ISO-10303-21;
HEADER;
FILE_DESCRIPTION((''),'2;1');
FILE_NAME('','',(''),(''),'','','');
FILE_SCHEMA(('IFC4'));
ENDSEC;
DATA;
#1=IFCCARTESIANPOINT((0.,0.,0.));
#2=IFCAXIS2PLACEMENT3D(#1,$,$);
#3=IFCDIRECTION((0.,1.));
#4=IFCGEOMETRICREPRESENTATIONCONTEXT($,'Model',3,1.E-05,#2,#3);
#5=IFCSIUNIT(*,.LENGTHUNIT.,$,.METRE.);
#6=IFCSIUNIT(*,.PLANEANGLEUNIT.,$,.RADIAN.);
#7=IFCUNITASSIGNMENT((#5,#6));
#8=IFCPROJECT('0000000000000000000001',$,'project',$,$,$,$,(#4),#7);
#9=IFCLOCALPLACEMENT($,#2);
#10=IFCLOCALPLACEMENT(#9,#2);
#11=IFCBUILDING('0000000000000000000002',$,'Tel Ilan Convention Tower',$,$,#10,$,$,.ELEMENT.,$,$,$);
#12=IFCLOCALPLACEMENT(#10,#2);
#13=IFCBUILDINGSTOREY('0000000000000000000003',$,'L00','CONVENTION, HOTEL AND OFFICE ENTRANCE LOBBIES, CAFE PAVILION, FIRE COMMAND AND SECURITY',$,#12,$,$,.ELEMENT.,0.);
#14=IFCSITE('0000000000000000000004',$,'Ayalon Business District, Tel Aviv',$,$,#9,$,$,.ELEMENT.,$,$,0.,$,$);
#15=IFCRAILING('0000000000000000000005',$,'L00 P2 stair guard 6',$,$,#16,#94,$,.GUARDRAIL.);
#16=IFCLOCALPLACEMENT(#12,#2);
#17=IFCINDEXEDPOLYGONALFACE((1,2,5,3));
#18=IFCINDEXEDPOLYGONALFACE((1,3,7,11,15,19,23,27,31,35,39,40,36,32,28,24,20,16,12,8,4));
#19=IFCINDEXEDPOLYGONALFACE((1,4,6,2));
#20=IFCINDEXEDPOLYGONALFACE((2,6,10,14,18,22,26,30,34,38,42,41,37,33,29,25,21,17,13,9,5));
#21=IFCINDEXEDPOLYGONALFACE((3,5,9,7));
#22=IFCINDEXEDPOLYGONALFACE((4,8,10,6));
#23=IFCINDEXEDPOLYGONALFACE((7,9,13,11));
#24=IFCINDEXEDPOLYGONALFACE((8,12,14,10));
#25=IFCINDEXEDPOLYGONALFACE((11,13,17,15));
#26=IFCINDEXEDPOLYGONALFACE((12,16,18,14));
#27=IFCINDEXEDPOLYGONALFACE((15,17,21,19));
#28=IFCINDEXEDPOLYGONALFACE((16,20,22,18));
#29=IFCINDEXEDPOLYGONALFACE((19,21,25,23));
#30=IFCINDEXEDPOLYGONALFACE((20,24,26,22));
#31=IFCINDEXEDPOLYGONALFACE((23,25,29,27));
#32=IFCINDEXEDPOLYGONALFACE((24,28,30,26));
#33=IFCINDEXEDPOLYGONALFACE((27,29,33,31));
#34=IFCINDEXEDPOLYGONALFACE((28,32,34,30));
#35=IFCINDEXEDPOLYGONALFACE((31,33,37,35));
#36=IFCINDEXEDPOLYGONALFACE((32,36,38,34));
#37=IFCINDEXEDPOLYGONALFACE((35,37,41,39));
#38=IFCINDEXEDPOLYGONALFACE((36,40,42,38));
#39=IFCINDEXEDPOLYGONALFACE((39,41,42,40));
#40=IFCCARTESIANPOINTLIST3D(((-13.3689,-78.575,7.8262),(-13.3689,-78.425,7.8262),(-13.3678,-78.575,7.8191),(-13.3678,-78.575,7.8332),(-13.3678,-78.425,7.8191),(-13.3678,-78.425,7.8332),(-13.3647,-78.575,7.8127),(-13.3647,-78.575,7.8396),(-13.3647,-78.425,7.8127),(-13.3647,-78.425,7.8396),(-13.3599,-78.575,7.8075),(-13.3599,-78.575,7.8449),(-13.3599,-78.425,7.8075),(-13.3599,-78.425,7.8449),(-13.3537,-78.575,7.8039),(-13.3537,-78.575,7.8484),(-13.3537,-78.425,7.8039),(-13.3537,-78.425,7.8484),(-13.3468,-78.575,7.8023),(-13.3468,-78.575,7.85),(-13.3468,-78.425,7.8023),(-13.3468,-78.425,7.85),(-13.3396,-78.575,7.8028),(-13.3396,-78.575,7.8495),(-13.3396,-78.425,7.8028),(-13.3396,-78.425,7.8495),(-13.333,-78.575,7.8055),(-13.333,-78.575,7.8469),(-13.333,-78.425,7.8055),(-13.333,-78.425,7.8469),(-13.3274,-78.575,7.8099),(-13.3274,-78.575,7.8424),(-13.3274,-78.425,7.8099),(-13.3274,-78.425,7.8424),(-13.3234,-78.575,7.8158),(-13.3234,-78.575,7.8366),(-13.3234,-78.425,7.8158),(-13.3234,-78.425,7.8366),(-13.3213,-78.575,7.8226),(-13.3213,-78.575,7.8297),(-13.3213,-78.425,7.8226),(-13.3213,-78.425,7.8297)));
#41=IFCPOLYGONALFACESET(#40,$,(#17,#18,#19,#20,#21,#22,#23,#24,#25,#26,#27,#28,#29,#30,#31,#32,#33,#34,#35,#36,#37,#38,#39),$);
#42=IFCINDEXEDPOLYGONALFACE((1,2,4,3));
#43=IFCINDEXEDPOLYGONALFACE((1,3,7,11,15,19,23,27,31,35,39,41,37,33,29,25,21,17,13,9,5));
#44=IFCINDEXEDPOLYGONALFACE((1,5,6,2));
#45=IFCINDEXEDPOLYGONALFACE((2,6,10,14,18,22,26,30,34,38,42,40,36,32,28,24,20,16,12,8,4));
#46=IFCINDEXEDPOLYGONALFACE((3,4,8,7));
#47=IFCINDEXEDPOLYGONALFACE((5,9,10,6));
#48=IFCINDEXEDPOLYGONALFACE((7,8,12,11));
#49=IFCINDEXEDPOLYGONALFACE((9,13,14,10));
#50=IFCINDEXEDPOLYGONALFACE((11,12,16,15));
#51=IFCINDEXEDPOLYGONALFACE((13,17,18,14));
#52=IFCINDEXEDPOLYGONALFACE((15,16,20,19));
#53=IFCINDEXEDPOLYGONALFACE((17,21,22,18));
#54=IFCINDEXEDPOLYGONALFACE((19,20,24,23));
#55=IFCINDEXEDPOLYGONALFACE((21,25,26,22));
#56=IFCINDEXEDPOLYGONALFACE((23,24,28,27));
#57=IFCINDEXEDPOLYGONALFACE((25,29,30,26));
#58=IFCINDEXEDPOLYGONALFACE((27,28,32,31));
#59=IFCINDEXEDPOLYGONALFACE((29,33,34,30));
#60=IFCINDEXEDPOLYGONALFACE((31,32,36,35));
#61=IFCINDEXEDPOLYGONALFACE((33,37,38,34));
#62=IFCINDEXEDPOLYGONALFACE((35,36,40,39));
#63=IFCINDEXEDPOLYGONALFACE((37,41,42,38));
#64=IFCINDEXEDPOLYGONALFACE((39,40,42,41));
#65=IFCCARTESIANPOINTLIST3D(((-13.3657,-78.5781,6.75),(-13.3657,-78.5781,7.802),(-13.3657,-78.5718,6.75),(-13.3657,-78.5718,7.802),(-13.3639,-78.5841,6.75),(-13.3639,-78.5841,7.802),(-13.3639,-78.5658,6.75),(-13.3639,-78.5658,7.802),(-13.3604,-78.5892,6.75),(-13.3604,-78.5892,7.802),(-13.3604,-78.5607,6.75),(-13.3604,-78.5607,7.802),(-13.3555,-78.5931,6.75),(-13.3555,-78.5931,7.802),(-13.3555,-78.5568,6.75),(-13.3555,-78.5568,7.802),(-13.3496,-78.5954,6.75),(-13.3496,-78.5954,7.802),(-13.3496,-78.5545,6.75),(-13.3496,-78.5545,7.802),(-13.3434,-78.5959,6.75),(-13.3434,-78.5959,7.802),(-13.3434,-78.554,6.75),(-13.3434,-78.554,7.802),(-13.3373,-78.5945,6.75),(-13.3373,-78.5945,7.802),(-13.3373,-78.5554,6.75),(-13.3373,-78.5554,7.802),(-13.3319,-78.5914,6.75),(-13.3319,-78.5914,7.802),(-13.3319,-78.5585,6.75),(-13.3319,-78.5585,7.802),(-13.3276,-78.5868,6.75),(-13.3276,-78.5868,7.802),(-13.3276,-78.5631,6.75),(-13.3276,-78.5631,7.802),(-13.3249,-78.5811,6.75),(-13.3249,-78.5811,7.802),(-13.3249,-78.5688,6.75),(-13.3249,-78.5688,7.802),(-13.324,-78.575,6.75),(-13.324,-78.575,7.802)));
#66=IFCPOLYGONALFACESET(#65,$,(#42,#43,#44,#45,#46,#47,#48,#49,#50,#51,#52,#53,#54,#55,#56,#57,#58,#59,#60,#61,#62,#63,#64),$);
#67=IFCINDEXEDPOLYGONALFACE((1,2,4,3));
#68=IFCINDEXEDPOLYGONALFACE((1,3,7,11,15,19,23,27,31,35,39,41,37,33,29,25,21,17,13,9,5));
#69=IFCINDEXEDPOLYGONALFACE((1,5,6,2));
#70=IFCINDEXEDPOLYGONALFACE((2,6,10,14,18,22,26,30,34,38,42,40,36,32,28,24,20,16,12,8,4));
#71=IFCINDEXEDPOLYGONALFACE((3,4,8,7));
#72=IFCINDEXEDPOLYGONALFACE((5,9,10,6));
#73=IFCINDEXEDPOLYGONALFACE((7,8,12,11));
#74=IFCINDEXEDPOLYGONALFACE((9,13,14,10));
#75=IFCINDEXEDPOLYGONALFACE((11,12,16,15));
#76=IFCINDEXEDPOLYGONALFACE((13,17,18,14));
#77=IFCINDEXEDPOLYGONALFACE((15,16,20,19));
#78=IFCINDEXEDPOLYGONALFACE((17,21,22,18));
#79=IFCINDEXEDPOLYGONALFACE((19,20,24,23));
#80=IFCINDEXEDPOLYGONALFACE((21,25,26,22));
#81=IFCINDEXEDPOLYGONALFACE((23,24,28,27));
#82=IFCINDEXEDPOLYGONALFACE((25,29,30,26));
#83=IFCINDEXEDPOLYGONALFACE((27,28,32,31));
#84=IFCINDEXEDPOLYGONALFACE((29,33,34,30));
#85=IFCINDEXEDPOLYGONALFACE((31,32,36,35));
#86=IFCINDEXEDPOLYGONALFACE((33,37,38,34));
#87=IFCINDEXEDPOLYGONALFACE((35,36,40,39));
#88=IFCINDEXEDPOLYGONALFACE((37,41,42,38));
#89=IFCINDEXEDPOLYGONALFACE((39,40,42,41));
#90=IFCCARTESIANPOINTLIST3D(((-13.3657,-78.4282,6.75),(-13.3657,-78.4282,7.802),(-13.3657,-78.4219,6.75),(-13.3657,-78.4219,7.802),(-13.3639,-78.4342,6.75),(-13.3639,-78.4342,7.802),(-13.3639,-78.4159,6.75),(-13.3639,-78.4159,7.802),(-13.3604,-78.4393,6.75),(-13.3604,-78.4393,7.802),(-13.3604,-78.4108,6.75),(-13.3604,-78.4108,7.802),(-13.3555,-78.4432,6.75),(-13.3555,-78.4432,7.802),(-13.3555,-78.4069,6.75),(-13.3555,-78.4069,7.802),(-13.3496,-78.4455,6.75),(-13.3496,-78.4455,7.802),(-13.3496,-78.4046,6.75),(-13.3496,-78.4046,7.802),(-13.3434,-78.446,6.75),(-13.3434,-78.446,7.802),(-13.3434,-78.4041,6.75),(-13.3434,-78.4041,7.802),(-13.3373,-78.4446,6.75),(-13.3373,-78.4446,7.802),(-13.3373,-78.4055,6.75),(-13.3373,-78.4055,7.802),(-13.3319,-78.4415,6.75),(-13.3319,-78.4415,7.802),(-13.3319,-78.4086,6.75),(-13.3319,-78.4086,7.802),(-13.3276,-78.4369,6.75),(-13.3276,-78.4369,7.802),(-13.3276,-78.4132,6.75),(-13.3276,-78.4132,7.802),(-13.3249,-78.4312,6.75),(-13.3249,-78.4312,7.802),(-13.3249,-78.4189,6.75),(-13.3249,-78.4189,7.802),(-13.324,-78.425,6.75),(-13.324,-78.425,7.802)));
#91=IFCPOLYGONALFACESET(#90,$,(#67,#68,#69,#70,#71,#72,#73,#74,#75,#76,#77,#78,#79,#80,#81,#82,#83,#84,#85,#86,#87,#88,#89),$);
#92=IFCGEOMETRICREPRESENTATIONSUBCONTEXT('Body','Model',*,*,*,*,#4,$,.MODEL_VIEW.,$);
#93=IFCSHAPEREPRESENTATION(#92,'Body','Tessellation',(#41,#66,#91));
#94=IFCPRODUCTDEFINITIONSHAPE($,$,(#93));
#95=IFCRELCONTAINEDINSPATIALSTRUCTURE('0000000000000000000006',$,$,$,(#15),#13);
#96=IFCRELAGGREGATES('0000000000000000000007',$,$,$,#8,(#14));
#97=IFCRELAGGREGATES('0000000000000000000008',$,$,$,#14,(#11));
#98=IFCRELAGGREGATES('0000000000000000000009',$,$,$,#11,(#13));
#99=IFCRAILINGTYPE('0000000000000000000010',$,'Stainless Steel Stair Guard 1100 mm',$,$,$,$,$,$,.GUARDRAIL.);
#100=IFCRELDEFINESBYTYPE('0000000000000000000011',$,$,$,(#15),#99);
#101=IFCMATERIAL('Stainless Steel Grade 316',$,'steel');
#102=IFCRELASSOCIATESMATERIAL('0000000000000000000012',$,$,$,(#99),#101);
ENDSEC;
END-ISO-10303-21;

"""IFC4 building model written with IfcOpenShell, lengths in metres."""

from ifc_helpers import new_model, si_unit, direction, frame, origin, origin_2d, place, context, subcontext, project, spatial, circle, extrude, material, type_object, element, save


model = new_model("IFC4")

# Units and contexts
model_context = context("Model", 3, precision=1e-05, world=origin(), true_north=direction((0.0, 1.0)))
body_context = subcontext(model_context, "Body", "Model", "MODEL_VIEW")
ifc_project = project(units=[si_unit("LENGTHUNIT", "METRE"), si_unit("PLANEANGLEUNIT", "RADIAN")], contexts=[model_context])

# Site, building, storey
site_placement = place(None, origin())
site = spatial("IfcSite", under=ifc_project, at=site_placement, Name="Ayalon Business District, Tel Aviv", CompositionType="ELEMENT", RefElevation=0.0)
building_placement = place(site_placement, origin())
building = spatial("IfcBuilding", under=site, at=building_placement, Name="Tel Ilan Convention Tower", CompositionType="ELEMENT")
storey_placement = place(building_placement, origin())
storey = spatial("IfcBuildingStorey", under=building, at=storey_placement, Name="L00", Description="CONVENTION, HOTEL AND OFFICE ENTRANCE LOBBIES, CAFE PAVILION, FIRE COMMAND AND SECURITY", CompositionType="ELEMENT", Elevation=0.0)

# Railing
ifc_material_1 = material(Name="Stainless Steel Grade 316", Category="steel")
railing_type_1 = type_object("IfcRailingType", Name="Stainless Steel Stair Guard 1100 mm", PredefinedType="GUARDRAIL", material=ifc_material_1)
railing_1_placement = place(storey_placement, frame((-13.345, -78.575, 6.75)))
element("IfcRailing", 1, at=railing_1_placement, inside=storey, type_object=railing_type_1, Name="L00 P2 stair guard 6", PredefinedType="GUARDRAIL", context=body_context, shape_type="SweptSolid", body=[
    extrude(circle(Radius=0.0239, at=origin_2d()), frame((0.0, 0.0, 1.0762), z_axis=(0.0, 1.0, 0.0), x_axis=(-1.0, 0.0, 0.0)), (0.0, 0.0, 1.0), 0.1499),
    extrude(circle(Radius=0.021, at=origin_2d()), origin(), (0.0, 0.0, 1.0), 1.052),
    extrude(circle(Radius=0.021, at=origin_2d()), frame((0.0, 0.1499, 0.0)), (0.0, 0.0, 1.0), 1.052),
])

save(model, "model.ifc")
